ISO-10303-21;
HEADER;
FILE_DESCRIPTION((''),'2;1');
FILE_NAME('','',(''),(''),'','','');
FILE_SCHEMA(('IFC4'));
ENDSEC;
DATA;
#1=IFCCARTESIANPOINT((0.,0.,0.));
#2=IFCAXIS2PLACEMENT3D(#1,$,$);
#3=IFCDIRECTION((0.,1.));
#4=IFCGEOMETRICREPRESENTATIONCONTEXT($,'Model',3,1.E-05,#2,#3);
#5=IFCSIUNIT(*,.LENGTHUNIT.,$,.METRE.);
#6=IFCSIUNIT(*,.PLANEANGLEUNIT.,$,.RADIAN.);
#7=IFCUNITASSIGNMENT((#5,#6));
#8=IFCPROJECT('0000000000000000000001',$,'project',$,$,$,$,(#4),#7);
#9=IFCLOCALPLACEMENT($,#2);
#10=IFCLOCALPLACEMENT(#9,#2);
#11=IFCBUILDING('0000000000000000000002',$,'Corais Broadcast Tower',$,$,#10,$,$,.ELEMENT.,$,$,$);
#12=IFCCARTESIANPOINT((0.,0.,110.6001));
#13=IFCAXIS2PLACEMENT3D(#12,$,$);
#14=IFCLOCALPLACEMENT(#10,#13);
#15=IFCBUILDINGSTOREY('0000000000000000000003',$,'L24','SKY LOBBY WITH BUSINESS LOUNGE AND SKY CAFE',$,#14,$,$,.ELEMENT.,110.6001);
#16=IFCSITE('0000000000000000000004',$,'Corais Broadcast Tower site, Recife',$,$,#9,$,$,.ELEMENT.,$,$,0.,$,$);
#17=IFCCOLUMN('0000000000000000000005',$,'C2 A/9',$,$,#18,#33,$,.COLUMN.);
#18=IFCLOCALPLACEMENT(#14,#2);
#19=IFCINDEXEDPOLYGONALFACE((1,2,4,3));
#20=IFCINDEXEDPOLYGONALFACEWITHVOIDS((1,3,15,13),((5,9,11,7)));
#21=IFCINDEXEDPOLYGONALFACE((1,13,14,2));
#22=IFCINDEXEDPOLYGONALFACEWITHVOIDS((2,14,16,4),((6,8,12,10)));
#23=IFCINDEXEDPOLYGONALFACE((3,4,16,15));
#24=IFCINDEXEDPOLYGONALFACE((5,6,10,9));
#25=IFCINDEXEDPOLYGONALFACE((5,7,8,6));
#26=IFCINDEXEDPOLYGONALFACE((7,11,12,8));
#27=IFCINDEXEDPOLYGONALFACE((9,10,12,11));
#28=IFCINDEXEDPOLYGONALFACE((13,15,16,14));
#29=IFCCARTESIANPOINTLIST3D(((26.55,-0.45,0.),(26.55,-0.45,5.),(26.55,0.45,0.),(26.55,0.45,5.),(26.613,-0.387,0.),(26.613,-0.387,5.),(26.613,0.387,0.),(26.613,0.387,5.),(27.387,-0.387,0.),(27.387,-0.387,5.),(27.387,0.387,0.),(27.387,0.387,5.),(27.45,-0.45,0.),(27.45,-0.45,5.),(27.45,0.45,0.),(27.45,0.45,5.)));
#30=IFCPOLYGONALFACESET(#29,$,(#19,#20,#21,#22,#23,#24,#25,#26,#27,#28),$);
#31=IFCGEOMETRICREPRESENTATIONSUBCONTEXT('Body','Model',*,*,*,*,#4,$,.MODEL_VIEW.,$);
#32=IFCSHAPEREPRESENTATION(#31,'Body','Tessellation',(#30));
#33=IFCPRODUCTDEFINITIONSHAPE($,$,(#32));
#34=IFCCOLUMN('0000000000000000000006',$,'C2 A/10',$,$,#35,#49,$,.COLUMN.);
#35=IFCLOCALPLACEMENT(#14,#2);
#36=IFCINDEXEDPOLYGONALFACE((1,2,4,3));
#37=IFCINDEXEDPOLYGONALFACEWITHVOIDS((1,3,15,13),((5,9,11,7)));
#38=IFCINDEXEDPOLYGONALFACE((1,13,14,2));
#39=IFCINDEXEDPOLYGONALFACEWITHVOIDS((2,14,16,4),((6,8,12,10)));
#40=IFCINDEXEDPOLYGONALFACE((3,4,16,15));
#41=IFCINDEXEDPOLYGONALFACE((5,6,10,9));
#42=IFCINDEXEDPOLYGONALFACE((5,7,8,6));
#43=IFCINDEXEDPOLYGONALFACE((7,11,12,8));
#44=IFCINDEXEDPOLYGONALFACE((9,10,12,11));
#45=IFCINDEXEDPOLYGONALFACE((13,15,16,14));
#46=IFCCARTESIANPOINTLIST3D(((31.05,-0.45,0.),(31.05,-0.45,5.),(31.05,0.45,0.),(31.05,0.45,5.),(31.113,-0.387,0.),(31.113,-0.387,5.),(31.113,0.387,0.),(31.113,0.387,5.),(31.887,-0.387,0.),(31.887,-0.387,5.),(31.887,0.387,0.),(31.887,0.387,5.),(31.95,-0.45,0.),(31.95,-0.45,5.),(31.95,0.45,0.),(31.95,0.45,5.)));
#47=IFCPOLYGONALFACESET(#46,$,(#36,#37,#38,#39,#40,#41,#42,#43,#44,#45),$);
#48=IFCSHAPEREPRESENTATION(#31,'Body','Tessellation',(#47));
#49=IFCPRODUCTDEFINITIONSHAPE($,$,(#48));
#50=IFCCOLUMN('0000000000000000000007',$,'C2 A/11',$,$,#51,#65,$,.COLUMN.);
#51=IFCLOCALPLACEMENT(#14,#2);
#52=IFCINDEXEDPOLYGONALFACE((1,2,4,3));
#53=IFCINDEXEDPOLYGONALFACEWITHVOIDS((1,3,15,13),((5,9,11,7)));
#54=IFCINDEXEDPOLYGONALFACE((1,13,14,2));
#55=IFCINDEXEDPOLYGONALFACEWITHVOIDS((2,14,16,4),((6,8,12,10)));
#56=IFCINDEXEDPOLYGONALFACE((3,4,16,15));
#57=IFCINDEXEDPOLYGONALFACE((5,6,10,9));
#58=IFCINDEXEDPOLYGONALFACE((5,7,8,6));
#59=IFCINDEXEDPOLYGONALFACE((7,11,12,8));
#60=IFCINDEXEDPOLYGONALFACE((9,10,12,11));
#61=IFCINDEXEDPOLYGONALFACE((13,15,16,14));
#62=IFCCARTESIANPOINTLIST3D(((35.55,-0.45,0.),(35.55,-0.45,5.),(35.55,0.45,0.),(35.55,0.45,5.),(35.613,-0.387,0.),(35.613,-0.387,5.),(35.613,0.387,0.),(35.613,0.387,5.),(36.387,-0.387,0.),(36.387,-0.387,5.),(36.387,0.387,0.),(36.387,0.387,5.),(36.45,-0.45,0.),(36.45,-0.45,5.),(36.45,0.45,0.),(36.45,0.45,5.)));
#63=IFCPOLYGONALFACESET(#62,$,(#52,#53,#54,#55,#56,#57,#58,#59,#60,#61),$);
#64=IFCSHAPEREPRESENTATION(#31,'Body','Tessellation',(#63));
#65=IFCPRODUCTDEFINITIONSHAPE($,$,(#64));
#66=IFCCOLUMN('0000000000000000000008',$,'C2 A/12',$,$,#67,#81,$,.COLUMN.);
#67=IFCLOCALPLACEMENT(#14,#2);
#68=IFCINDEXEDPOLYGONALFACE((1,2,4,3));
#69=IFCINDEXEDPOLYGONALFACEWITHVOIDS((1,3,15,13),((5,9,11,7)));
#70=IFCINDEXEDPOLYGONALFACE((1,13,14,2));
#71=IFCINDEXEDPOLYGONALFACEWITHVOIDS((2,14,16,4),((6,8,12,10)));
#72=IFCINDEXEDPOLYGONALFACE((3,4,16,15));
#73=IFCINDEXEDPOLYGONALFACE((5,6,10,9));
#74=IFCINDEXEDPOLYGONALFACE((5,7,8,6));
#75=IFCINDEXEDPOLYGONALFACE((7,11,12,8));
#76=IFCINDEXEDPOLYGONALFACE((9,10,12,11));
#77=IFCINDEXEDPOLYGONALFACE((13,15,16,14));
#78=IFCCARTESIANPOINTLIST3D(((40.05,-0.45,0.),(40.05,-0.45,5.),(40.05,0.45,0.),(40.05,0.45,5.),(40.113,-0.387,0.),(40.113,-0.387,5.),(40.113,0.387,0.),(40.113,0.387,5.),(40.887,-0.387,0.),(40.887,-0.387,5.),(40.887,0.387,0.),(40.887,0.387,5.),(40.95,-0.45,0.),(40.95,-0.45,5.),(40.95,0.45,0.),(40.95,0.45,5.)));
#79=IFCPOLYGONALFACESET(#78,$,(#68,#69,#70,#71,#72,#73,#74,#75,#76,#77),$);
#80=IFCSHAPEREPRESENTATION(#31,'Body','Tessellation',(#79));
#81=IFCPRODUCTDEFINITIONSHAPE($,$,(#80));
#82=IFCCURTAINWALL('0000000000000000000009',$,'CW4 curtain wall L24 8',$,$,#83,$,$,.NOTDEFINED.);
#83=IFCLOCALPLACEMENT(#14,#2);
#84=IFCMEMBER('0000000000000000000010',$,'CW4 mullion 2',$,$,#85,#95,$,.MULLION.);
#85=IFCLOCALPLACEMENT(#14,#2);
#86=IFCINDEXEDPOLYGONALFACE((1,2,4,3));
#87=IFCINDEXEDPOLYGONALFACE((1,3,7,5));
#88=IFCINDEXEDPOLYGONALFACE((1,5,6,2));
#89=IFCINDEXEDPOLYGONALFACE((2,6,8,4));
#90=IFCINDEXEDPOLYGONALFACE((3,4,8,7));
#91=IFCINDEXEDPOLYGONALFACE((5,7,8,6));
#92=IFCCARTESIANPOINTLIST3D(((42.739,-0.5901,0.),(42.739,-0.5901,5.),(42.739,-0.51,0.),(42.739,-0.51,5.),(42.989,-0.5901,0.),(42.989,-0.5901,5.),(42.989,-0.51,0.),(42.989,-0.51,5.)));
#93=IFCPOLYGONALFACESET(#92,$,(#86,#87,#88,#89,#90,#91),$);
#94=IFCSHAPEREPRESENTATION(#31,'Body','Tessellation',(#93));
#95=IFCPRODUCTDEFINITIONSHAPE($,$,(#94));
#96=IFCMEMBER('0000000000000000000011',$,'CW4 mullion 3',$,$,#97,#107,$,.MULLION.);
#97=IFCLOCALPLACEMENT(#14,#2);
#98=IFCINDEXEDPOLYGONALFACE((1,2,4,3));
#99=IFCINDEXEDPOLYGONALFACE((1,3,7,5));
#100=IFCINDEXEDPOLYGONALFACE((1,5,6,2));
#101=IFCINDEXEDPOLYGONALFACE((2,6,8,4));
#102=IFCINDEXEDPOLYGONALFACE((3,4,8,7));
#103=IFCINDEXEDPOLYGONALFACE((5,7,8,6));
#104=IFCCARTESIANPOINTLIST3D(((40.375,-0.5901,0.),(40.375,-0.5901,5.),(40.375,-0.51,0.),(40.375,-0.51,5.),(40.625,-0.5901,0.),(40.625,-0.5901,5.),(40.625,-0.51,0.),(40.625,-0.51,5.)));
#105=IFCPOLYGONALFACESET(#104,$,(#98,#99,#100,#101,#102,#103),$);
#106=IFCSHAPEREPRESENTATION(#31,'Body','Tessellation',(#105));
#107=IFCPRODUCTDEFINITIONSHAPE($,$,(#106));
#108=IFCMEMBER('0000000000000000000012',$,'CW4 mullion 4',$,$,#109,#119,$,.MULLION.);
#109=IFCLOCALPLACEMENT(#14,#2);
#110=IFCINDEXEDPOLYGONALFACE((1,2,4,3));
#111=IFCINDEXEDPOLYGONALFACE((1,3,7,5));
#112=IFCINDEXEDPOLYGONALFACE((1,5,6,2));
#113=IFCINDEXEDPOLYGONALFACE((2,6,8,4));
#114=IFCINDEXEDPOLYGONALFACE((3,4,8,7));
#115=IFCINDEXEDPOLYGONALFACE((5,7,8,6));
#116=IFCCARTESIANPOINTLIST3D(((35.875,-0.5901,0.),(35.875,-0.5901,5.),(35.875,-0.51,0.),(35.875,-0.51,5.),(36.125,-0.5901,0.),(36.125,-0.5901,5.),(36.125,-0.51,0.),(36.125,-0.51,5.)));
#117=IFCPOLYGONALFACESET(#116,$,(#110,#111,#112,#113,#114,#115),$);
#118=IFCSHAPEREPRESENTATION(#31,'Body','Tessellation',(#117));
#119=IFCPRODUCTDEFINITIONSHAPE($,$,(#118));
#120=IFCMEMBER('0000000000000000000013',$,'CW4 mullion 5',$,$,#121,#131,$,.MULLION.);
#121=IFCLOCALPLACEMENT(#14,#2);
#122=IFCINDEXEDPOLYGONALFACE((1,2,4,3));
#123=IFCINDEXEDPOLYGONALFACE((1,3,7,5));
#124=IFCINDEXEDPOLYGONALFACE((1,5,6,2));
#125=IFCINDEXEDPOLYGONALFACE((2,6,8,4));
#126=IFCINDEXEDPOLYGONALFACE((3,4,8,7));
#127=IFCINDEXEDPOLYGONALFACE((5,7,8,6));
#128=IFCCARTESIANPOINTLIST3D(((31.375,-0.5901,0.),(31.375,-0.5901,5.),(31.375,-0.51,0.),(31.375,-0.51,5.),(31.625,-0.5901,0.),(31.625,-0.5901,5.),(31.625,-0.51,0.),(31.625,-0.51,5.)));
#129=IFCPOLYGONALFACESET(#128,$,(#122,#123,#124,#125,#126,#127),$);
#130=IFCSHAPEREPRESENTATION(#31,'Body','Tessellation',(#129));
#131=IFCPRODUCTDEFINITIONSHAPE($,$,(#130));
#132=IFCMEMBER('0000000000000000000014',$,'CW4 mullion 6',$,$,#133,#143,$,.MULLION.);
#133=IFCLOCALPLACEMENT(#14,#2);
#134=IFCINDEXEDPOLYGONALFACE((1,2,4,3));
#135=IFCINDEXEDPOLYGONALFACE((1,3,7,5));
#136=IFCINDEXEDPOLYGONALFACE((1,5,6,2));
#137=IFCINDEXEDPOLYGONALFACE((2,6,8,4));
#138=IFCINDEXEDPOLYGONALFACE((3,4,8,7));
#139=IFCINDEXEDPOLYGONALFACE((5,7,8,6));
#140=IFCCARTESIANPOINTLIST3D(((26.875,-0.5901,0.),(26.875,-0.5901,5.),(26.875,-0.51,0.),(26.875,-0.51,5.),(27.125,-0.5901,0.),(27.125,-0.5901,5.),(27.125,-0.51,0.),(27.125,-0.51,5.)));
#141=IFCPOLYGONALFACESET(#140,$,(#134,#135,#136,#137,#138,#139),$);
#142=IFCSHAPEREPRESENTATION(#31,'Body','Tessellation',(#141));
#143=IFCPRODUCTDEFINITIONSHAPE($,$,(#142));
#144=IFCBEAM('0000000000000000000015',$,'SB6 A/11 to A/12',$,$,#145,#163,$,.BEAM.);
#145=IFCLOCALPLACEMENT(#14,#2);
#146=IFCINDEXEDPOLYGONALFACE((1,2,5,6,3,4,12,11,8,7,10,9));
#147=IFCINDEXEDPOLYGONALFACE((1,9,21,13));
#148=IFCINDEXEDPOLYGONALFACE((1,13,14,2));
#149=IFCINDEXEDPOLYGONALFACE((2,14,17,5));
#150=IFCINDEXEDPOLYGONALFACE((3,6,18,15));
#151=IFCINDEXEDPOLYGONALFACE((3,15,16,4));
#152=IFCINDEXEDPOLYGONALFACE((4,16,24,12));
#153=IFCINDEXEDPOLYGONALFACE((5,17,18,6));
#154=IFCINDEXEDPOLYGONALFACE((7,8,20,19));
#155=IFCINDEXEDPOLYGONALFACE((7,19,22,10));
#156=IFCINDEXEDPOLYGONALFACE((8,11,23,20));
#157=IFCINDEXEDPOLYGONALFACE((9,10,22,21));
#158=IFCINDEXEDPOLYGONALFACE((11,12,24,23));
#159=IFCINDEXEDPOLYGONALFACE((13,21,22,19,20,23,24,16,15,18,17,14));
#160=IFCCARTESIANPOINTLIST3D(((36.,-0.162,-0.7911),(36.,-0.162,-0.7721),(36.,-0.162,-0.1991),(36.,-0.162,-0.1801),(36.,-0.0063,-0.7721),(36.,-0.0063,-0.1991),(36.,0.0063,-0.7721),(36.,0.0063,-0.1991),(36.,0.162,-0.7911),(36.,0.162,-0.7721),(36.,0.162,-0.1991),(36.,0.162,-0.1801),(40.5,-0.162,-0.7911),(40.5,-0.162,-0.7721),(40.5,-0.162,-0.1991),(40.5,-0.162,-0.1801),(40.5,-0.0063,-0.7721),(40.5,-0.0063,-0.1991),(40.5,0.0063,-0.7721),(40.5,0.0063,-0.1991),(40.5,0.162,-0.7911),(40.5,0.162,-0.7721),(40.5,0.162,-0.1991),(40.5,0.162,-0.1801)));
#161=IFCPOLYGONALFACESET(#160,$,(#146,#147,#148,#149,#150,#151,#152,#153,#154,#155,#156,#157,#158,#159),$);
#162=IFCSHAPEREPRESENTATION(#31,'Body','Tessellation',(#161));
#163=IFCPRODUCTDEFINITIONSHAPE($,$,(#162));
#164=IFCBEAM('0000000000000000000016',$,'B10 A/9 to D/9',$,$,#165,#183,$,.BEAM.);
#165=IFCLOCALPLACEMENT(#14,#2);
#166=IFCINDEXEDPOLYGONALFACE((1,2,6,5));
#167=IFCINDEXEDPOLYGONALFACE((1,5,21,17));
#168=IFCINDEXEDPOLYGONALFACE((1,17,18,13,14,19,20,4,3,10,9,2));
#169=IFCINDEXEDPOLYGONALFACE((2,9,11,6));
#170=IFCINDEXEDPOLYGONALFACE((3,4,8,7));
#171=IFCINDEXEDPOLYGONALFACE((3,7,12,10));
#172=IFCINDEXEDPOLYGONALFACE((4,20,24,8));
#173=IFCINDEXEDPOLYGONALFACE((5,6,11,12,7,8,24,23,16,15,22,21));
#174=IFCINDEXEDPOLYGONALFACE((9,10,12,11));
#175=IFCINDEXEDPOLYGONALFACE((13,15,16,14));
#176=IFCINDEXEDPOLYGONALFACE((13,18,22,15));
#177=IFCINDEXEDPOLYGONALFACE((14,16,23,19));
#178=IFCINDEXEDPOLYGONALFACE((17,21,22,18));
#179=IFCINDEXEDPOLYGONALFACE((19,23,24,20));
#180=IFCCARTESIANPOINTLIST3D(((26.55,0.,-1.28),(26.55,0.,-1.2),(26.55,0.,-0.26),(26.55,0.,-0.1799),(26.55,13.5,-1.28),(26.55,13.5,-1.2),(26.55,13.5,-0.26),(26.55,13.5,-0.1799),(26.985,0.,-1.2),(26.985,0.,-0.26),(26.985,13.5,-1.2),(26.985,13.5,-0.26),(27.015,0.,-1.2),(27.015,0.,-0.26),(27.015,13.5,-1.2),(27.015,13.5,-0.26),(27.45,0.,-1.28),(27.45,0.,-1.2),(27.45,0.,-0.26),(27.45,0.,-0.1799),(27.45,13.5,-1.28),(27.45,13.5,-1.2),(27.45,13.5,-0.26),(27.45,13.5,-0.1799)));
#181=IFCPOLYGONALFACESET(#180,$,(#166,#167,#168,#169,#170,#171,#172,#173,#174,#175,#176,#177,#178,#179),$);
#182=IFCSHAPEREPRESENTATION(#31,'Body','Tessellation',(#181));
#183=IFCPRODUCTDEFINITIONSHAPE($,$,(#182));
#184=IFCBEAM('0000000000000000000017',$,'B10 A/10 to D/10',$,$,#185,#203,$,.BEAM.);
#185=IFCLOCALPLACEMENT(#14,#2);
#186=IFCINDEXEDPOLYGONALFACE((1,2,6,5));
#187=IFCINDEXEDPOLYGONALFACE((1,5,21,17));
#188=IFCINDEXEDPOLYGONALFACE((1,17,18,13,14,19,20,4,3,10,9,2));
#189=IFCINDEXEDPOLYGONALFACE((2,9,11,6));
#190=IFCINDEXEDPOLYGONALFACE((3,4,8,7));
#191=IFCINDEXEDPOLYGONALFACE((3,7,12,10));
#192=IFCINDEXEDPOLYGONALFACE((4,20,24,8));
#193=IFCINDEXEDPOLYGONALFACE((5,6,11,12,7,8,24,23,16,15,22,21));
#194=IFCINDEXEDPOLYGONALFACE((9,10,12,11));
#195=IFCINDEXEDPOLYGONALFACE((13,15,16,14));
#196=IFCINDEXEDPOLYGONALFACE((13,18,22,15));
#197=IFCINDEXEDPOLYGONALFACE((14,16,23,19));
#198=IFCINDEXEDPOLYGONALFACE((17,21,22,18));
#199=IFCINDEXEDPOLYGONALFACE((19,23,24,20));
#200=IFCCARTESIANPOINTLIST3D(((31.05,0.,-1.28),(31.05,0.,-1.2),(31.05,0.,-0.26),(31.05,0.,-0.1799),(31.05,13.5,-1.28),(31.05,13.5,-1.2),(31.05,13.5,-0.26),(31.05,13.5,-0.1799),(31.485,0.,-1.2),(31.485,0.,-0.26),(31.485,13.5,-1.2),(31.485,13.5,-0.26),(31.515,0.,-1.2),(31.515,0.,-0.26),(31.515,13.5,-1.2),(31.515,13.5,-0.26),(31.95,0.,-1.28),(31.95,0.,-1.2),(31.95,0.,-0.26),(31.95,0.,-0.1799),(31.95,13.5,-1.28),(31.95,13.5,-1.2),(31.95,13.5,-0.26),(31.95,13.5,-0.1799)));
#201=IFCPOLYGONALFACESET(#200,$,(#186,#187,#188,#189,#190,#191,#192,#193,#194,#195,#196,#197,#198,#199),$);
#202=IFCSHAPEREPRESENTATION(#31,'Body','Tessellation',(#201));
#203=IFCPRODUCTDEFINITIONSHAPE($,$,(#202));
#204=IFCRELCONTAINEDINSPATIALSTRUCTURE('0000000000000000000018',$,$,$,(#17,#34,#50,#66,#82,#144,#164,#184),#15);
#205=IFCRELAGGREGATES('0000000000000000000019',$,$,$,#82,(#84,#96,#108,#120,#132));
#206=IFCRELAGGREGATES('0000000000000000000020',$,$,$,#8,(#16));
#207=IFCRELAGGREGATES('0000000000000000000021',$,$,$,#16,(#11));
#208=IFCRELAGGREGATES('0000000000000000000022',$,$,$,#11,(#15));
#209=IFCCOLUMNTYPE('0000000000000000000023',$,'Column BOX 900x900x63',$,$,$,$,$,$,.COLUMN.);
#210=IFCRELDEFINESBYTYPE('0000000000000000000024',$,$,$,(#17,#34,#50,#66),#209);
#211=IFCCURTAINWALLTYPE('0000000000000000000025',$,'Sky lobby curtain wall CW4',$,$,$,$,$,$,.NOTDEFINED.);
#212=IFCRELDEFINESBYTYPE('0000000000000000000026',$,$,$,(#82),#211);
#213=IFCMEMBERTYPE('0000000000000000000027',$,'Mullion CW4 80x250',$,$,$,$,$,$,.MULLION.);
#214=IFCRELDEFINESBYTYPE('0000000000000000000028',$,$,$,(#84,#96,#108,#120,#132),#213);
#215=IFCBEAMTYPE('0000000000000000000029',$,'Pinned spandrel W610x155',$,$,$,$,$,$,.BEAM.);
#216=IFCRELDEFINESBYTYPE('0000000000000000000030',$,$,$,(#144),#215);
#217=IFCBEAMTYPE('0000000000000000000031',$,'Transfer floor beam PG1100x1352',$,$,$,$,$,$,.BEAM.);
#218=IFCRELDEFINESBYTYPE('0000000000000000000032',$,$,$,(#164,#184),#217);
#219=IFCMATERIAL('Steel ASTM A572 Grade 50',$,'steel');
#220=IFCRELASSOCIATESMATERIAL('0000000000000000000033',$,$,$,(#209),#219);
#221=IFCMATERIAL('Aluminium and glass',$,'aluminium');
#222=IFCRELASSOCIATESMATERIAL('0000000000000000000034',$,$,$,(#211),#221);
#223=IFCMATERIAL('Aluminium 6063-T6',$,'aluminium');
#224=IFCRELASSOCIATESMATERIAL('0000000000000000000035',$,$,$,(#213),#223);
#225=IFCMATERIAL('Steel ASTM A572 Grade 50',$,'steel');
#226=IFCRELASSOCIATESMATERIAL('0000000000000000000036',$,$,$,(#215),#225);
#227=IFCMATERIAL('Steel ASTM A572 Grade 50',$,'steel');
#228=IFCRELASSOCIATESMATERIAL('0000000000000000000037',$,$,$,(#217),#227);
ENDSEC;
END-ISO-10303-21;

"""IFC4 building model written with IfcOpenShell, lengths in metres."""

from ifc_helpers import new_model, si_unit, direction, frame, origin, origin_2d, place, context, subcontext, project, spatial, rectangle, hollow_rectangle, i_section, extrude, material, material_profile, profile_set, type_object, element, aggregate, save


model = new_model("IFC4")

# Units and contexts
model_context = context("Model", 3, precision=1e-05, world=origin(), true_north=direction((0.0, 1.0)))
body_context = subcontext(model_context, "Body", "Model", "MODEL_VIEW")
ifc_project = project(units=[si_unit("LENGTHUNIT", "METRE"), si_unit("PLANEANGLEUNIT", "RADIAN")], contexts=[model_context])

# Site, building, storey
site_placement = place(None, origin())
site = spatial("IfcSite", under=ifc_project, at=site_placement, Name="Corais Broadcast Tower site, Recife", CompositionType="ELEMENT", RefElevation=0.0)
building_placement = place(site_placement, origin())
building = spatial("IfcBuilding", under=site, at=building_placement, Name="Corais Broadcast Tower", CompositionType="ELEMENT")
storey_placement = place(building_placement, frame((0.0, 0.0, 110.6001)))
storey = spatial("IfcBuildingStorey", under=building, at=storey_placement, Name="L24", Description="SKY LOBBY WITH BUSINESS LOUNGE AND SKY CAFE", CompositionType="ELEMENT", Elevation=110.6001)

# Columns
ifc_material_1 = material(Name="Steel ASTM A572 Grade 50", Category="steel")
ifc_material_profile_1 = material_profile(ifc_material_1, hollow_rectangle(XDim=0.8999, YDim=0.8999, WallThickness=0.063, at=origin_2d()), Name="BOX 900x900x63")
ifc_profile_set_1 = profile_set([ifc_material_profile_1], Name="Steel ASTM A572 Grade 50")
column_type = type_object("IfcColumnType", Name="Column BOX 900x900x63", PredefinedType="COLUMN", material=ifc_profile_set_1)
for number, where, z_axis, x_axis, name in (
    (1, (27.0, 0.0, 0.0), (0.0, 0.0, 1.0), (1.0, 0.0, 0.0), "C2 A/9"),
    (2, (31.5, 0.0, 0.0), (0.0, 0.0, 1.0), (1.0, 0.0, 0.0), "C2 A/10"),
    (3, (36.0, 0.0, 0.0), (0.0, 0.0, 1.0), (1.0, 0.0, 0.0), "C2 A/11"),
    (4, (40.5, 0.0, 0.0), (0.0, 0.0, 1.0), (1.0, 0.0, 0.0), "C2 A/12"),
):
    element("IfcColumn", number, at=place(storey_placement, frame(where, z_axis=z_axis, x_axis=x_axis)), inside=storey, type_object=column_type, Name=name, PredefinedType="COLUMN", context=body_context, shape_type="SweptSolid", body=[
        extrude(hollow_rectangle(XDim=0.8999, YDim=0.8999, WallThickness=0.063, at=origin_2d()), origin(), (0.0, 0.0, 1.0), 5.0),
    ])

# Curtain wall, members
ifc_material_2 = material(Name="Aluminium and glass", Category="aluminium")
curtain_wall_type = type_object("IfcCurtainWallType", Name="Sky lobby curtain wall CW4", PredefinedType="NOTDEFINED", material=ifc_material_2)
curtain_wall_placement = place(storey_placement, origin())
curtain_wall = element("IfcCurtainWall", 5, at=curtain_wall_placement, inside=storey, type_object=curtain_wall_type, Name="CW4 curtain wall L24 8", PredefinedType="NOTDEFINED")
ifc_material_3 = material(Name="Aluminium 6063-T6", Category="aluminium")
ifc_material_profile_2 = material_profile(ifc_material_3, rectangle(XDim=0.0801, YDim=0.25, at=origin_2d()), Name="Mullion CW4 80x250")
ifc_profile_set_2 = profile_set([ifc_material_profile_2], Name="Aluminium 6063-T6")
member_type_1 = type_object("IfcMemberType", Name="Mullion CW4 80x250", PredefinedType="MULLION", material=ifc_profile_set_2)
member_1_placement = place(storey_placement, frame((42.864, -0.55, 0.0), z_axis=(0.0, 0.0, 1.0), x_axis=(0.0, -1.0, 0.0)))
member_1 = element("IfcMember", 6, at=member_1_placement, type_object=member_type_1, Name="CW4 mullion 2", PredefinedType="MULLION", context=body_context, shape_type="SweptSolid", body=[
    extrude(rectangle(XDim=0.0801, YDim=0.25, at=origin_2d()), origin(), (0.0, 0.0, 1.0), 5.0),
])
member_2_placement = place(storey_placement, frame((40.5, -0.55, 0.0), z_axis=(0.0, 0.0, 1.0), x_axis=(0.0, -1.0, 0.0)))
member_2 = element("IfcMember", 7, at=member_2_placement, type_object=member_type_1, Name="CW4 mullion 3", PredefinedType="MULLION", context=body_context, shape_type="SweptSolid", body=[
    extrude(rectangle(XDim=0.0801, YDim=0.25, at=origin_2d()), origin(), (0.0, 0.0, 1.0), 5.0),
])
member_3_placement = place(storey_placement, frame((36.0, -0.55, 0.0), z_axis=(0.0, 0.0, 1.0), x_axis=(0.0, -1.0, 0.0)))
member_3 = element("IfcMember", 8, at=member_3_placement, type_object=member_type_1, Name="CW4 mullion 4", PredefinedType="MULLION", context=body_context, shape_type="SweptSolid", body=[
    extrude(rectangle(XDim=0.0801, YDim=0.25, at=origin_2d()), origin(), (0.0, 0.0, 1.0), 5.0),
])
member_4_placement = place(storey_placement, frame((31.5, -0.55, 0.0), z_axis=(0.0, 0.0, 1.0), x_axis=(0.0, -1.0, 0.0)))
member_4 = element("IfcMember", 9, at=member_4_placement, type_object=member_type_1, Name="CW4 mullion 5", PredefinedType="MULLION", context=body_context, shape_type="SweptSolid", body=[
    extrude(rectangle(XDim=0.0801, YDim=0.25, at=origin_2d()), origin(), (0.0, 0.0, 1.0), 5.0),
])
member_5_placement = place(storey_placement, frame((27.0, -0.55, 0.0), z_axis=(0.0, 0.0, 1.0), x_axis=(0.0, -1.0, 0.0)))
member_5 = element("IfcMember", 10, at=member_5_placement, type_object=member_type_1, Name="CW4 mullion 6", PredefinedType="MULLION", context=body_context, shape_type="SweptSolid", body=[
    extrude(rectangle(XDim=0.0801, YDim=0.25, at=origin_2d()), origin(), (0.0, 0.0, 1.0), 5.0),
])

# Beams
ifc_material_4 = material(Name="Steel ASTM A572 Grade 50", Category="steel")
ifc_material_profile_3 = material_profile(ifc_material_4, i_section(OverallWidth=0.324, OverallDepth=0.6111, WebThickness=0.0127, FlangeThickness=0.019, at=origin_2d()), Name="W610x155")
ifc_profile_set_3 = profile_set([ifc_material_profile_3], Name="Steel ASTM A572 Grade 50")
beam_type_1 = type_object("IfcBeamType", Name="Pinned spandrel W610x155", PredefinedType="BEAM", material=ifc_profile_set_3)
beam_placement = place(storey_placement, frame((36.0, 0.0, -0.4856), z_axis=(1.0, 0.0, 0.0), x_axis=(0.0, 1.0, 0.0)))
element("IfcBeam", 11, at=beam_placement, inside=storey, type_object=beam_type_1, Name="SB6 A/11 to A/12", PredefinedType="BEAM", context=body_context, shape_type="SweptSolid", body=[
    extrude(i_section(OverallWidth=0.324, OverallDepth=0.6111, WebThickness=0.0127, FlangeThickness=0.019, at=origin_2d()), origin(), (0.0, 0.0, 1.0), 4.5),
])
ifc_material_5 = material(Name="Steel ASTM A572 Grade 50", Category="steel")
ifc_material_profile_4 = material_profile(ifc_material_5, i_section(OverallWidth=0.8999, OverallDepth=1.1001, WebThickness=0.03, FlangeThickness=0.0801, at=origin_2d()), Name="PG1100x1352")
ifc_profile_set_4 = profile_set([ifc_material_profile_4], Name="Steel ASTM A572 Grade 50")
beam_type_2 = type_object("IfcBeamType", Name="Transfer floor beam PG1100x1352", PredefinedType="BEAM", material=ifc_profile_set_4)
for number, where, z_axis, x_axis, name in (
    (12, (27.0, 0.0, -0.73), (0.0, 1.0, 0.0), (-1.0, 0.0, 0.0), "B10 A/9 to D/9"),
    (13, (31.5, 0.0, -0.73), (0.0, 1.0, 0.0), (-1.0, 0.0, 0.0), "B10 A/10 to D/10"),
):
    element("IfcBeam", number, at=place(storey_placement, frame(where, z_axis=z_axis, x_axis=x_axis)), inside=storey, type_object=beam_type_2, Name=name, PredefinedType="BEAM", context=body_context, shape_type="SweptSolid", body=[
        extrude(i_section(OverallWidth=0.8999, OverallDepth=1.1001, WebThickness=0.03, FlangeThickness=0.0801, at=origin_2d()), origin(), (0.0, 0.0, 1.0), 13.5),
    ])

aggregate(curtain_wall, [member_1, member_2, member_3, member_4, member_5])

save(model, "model.ifc")
